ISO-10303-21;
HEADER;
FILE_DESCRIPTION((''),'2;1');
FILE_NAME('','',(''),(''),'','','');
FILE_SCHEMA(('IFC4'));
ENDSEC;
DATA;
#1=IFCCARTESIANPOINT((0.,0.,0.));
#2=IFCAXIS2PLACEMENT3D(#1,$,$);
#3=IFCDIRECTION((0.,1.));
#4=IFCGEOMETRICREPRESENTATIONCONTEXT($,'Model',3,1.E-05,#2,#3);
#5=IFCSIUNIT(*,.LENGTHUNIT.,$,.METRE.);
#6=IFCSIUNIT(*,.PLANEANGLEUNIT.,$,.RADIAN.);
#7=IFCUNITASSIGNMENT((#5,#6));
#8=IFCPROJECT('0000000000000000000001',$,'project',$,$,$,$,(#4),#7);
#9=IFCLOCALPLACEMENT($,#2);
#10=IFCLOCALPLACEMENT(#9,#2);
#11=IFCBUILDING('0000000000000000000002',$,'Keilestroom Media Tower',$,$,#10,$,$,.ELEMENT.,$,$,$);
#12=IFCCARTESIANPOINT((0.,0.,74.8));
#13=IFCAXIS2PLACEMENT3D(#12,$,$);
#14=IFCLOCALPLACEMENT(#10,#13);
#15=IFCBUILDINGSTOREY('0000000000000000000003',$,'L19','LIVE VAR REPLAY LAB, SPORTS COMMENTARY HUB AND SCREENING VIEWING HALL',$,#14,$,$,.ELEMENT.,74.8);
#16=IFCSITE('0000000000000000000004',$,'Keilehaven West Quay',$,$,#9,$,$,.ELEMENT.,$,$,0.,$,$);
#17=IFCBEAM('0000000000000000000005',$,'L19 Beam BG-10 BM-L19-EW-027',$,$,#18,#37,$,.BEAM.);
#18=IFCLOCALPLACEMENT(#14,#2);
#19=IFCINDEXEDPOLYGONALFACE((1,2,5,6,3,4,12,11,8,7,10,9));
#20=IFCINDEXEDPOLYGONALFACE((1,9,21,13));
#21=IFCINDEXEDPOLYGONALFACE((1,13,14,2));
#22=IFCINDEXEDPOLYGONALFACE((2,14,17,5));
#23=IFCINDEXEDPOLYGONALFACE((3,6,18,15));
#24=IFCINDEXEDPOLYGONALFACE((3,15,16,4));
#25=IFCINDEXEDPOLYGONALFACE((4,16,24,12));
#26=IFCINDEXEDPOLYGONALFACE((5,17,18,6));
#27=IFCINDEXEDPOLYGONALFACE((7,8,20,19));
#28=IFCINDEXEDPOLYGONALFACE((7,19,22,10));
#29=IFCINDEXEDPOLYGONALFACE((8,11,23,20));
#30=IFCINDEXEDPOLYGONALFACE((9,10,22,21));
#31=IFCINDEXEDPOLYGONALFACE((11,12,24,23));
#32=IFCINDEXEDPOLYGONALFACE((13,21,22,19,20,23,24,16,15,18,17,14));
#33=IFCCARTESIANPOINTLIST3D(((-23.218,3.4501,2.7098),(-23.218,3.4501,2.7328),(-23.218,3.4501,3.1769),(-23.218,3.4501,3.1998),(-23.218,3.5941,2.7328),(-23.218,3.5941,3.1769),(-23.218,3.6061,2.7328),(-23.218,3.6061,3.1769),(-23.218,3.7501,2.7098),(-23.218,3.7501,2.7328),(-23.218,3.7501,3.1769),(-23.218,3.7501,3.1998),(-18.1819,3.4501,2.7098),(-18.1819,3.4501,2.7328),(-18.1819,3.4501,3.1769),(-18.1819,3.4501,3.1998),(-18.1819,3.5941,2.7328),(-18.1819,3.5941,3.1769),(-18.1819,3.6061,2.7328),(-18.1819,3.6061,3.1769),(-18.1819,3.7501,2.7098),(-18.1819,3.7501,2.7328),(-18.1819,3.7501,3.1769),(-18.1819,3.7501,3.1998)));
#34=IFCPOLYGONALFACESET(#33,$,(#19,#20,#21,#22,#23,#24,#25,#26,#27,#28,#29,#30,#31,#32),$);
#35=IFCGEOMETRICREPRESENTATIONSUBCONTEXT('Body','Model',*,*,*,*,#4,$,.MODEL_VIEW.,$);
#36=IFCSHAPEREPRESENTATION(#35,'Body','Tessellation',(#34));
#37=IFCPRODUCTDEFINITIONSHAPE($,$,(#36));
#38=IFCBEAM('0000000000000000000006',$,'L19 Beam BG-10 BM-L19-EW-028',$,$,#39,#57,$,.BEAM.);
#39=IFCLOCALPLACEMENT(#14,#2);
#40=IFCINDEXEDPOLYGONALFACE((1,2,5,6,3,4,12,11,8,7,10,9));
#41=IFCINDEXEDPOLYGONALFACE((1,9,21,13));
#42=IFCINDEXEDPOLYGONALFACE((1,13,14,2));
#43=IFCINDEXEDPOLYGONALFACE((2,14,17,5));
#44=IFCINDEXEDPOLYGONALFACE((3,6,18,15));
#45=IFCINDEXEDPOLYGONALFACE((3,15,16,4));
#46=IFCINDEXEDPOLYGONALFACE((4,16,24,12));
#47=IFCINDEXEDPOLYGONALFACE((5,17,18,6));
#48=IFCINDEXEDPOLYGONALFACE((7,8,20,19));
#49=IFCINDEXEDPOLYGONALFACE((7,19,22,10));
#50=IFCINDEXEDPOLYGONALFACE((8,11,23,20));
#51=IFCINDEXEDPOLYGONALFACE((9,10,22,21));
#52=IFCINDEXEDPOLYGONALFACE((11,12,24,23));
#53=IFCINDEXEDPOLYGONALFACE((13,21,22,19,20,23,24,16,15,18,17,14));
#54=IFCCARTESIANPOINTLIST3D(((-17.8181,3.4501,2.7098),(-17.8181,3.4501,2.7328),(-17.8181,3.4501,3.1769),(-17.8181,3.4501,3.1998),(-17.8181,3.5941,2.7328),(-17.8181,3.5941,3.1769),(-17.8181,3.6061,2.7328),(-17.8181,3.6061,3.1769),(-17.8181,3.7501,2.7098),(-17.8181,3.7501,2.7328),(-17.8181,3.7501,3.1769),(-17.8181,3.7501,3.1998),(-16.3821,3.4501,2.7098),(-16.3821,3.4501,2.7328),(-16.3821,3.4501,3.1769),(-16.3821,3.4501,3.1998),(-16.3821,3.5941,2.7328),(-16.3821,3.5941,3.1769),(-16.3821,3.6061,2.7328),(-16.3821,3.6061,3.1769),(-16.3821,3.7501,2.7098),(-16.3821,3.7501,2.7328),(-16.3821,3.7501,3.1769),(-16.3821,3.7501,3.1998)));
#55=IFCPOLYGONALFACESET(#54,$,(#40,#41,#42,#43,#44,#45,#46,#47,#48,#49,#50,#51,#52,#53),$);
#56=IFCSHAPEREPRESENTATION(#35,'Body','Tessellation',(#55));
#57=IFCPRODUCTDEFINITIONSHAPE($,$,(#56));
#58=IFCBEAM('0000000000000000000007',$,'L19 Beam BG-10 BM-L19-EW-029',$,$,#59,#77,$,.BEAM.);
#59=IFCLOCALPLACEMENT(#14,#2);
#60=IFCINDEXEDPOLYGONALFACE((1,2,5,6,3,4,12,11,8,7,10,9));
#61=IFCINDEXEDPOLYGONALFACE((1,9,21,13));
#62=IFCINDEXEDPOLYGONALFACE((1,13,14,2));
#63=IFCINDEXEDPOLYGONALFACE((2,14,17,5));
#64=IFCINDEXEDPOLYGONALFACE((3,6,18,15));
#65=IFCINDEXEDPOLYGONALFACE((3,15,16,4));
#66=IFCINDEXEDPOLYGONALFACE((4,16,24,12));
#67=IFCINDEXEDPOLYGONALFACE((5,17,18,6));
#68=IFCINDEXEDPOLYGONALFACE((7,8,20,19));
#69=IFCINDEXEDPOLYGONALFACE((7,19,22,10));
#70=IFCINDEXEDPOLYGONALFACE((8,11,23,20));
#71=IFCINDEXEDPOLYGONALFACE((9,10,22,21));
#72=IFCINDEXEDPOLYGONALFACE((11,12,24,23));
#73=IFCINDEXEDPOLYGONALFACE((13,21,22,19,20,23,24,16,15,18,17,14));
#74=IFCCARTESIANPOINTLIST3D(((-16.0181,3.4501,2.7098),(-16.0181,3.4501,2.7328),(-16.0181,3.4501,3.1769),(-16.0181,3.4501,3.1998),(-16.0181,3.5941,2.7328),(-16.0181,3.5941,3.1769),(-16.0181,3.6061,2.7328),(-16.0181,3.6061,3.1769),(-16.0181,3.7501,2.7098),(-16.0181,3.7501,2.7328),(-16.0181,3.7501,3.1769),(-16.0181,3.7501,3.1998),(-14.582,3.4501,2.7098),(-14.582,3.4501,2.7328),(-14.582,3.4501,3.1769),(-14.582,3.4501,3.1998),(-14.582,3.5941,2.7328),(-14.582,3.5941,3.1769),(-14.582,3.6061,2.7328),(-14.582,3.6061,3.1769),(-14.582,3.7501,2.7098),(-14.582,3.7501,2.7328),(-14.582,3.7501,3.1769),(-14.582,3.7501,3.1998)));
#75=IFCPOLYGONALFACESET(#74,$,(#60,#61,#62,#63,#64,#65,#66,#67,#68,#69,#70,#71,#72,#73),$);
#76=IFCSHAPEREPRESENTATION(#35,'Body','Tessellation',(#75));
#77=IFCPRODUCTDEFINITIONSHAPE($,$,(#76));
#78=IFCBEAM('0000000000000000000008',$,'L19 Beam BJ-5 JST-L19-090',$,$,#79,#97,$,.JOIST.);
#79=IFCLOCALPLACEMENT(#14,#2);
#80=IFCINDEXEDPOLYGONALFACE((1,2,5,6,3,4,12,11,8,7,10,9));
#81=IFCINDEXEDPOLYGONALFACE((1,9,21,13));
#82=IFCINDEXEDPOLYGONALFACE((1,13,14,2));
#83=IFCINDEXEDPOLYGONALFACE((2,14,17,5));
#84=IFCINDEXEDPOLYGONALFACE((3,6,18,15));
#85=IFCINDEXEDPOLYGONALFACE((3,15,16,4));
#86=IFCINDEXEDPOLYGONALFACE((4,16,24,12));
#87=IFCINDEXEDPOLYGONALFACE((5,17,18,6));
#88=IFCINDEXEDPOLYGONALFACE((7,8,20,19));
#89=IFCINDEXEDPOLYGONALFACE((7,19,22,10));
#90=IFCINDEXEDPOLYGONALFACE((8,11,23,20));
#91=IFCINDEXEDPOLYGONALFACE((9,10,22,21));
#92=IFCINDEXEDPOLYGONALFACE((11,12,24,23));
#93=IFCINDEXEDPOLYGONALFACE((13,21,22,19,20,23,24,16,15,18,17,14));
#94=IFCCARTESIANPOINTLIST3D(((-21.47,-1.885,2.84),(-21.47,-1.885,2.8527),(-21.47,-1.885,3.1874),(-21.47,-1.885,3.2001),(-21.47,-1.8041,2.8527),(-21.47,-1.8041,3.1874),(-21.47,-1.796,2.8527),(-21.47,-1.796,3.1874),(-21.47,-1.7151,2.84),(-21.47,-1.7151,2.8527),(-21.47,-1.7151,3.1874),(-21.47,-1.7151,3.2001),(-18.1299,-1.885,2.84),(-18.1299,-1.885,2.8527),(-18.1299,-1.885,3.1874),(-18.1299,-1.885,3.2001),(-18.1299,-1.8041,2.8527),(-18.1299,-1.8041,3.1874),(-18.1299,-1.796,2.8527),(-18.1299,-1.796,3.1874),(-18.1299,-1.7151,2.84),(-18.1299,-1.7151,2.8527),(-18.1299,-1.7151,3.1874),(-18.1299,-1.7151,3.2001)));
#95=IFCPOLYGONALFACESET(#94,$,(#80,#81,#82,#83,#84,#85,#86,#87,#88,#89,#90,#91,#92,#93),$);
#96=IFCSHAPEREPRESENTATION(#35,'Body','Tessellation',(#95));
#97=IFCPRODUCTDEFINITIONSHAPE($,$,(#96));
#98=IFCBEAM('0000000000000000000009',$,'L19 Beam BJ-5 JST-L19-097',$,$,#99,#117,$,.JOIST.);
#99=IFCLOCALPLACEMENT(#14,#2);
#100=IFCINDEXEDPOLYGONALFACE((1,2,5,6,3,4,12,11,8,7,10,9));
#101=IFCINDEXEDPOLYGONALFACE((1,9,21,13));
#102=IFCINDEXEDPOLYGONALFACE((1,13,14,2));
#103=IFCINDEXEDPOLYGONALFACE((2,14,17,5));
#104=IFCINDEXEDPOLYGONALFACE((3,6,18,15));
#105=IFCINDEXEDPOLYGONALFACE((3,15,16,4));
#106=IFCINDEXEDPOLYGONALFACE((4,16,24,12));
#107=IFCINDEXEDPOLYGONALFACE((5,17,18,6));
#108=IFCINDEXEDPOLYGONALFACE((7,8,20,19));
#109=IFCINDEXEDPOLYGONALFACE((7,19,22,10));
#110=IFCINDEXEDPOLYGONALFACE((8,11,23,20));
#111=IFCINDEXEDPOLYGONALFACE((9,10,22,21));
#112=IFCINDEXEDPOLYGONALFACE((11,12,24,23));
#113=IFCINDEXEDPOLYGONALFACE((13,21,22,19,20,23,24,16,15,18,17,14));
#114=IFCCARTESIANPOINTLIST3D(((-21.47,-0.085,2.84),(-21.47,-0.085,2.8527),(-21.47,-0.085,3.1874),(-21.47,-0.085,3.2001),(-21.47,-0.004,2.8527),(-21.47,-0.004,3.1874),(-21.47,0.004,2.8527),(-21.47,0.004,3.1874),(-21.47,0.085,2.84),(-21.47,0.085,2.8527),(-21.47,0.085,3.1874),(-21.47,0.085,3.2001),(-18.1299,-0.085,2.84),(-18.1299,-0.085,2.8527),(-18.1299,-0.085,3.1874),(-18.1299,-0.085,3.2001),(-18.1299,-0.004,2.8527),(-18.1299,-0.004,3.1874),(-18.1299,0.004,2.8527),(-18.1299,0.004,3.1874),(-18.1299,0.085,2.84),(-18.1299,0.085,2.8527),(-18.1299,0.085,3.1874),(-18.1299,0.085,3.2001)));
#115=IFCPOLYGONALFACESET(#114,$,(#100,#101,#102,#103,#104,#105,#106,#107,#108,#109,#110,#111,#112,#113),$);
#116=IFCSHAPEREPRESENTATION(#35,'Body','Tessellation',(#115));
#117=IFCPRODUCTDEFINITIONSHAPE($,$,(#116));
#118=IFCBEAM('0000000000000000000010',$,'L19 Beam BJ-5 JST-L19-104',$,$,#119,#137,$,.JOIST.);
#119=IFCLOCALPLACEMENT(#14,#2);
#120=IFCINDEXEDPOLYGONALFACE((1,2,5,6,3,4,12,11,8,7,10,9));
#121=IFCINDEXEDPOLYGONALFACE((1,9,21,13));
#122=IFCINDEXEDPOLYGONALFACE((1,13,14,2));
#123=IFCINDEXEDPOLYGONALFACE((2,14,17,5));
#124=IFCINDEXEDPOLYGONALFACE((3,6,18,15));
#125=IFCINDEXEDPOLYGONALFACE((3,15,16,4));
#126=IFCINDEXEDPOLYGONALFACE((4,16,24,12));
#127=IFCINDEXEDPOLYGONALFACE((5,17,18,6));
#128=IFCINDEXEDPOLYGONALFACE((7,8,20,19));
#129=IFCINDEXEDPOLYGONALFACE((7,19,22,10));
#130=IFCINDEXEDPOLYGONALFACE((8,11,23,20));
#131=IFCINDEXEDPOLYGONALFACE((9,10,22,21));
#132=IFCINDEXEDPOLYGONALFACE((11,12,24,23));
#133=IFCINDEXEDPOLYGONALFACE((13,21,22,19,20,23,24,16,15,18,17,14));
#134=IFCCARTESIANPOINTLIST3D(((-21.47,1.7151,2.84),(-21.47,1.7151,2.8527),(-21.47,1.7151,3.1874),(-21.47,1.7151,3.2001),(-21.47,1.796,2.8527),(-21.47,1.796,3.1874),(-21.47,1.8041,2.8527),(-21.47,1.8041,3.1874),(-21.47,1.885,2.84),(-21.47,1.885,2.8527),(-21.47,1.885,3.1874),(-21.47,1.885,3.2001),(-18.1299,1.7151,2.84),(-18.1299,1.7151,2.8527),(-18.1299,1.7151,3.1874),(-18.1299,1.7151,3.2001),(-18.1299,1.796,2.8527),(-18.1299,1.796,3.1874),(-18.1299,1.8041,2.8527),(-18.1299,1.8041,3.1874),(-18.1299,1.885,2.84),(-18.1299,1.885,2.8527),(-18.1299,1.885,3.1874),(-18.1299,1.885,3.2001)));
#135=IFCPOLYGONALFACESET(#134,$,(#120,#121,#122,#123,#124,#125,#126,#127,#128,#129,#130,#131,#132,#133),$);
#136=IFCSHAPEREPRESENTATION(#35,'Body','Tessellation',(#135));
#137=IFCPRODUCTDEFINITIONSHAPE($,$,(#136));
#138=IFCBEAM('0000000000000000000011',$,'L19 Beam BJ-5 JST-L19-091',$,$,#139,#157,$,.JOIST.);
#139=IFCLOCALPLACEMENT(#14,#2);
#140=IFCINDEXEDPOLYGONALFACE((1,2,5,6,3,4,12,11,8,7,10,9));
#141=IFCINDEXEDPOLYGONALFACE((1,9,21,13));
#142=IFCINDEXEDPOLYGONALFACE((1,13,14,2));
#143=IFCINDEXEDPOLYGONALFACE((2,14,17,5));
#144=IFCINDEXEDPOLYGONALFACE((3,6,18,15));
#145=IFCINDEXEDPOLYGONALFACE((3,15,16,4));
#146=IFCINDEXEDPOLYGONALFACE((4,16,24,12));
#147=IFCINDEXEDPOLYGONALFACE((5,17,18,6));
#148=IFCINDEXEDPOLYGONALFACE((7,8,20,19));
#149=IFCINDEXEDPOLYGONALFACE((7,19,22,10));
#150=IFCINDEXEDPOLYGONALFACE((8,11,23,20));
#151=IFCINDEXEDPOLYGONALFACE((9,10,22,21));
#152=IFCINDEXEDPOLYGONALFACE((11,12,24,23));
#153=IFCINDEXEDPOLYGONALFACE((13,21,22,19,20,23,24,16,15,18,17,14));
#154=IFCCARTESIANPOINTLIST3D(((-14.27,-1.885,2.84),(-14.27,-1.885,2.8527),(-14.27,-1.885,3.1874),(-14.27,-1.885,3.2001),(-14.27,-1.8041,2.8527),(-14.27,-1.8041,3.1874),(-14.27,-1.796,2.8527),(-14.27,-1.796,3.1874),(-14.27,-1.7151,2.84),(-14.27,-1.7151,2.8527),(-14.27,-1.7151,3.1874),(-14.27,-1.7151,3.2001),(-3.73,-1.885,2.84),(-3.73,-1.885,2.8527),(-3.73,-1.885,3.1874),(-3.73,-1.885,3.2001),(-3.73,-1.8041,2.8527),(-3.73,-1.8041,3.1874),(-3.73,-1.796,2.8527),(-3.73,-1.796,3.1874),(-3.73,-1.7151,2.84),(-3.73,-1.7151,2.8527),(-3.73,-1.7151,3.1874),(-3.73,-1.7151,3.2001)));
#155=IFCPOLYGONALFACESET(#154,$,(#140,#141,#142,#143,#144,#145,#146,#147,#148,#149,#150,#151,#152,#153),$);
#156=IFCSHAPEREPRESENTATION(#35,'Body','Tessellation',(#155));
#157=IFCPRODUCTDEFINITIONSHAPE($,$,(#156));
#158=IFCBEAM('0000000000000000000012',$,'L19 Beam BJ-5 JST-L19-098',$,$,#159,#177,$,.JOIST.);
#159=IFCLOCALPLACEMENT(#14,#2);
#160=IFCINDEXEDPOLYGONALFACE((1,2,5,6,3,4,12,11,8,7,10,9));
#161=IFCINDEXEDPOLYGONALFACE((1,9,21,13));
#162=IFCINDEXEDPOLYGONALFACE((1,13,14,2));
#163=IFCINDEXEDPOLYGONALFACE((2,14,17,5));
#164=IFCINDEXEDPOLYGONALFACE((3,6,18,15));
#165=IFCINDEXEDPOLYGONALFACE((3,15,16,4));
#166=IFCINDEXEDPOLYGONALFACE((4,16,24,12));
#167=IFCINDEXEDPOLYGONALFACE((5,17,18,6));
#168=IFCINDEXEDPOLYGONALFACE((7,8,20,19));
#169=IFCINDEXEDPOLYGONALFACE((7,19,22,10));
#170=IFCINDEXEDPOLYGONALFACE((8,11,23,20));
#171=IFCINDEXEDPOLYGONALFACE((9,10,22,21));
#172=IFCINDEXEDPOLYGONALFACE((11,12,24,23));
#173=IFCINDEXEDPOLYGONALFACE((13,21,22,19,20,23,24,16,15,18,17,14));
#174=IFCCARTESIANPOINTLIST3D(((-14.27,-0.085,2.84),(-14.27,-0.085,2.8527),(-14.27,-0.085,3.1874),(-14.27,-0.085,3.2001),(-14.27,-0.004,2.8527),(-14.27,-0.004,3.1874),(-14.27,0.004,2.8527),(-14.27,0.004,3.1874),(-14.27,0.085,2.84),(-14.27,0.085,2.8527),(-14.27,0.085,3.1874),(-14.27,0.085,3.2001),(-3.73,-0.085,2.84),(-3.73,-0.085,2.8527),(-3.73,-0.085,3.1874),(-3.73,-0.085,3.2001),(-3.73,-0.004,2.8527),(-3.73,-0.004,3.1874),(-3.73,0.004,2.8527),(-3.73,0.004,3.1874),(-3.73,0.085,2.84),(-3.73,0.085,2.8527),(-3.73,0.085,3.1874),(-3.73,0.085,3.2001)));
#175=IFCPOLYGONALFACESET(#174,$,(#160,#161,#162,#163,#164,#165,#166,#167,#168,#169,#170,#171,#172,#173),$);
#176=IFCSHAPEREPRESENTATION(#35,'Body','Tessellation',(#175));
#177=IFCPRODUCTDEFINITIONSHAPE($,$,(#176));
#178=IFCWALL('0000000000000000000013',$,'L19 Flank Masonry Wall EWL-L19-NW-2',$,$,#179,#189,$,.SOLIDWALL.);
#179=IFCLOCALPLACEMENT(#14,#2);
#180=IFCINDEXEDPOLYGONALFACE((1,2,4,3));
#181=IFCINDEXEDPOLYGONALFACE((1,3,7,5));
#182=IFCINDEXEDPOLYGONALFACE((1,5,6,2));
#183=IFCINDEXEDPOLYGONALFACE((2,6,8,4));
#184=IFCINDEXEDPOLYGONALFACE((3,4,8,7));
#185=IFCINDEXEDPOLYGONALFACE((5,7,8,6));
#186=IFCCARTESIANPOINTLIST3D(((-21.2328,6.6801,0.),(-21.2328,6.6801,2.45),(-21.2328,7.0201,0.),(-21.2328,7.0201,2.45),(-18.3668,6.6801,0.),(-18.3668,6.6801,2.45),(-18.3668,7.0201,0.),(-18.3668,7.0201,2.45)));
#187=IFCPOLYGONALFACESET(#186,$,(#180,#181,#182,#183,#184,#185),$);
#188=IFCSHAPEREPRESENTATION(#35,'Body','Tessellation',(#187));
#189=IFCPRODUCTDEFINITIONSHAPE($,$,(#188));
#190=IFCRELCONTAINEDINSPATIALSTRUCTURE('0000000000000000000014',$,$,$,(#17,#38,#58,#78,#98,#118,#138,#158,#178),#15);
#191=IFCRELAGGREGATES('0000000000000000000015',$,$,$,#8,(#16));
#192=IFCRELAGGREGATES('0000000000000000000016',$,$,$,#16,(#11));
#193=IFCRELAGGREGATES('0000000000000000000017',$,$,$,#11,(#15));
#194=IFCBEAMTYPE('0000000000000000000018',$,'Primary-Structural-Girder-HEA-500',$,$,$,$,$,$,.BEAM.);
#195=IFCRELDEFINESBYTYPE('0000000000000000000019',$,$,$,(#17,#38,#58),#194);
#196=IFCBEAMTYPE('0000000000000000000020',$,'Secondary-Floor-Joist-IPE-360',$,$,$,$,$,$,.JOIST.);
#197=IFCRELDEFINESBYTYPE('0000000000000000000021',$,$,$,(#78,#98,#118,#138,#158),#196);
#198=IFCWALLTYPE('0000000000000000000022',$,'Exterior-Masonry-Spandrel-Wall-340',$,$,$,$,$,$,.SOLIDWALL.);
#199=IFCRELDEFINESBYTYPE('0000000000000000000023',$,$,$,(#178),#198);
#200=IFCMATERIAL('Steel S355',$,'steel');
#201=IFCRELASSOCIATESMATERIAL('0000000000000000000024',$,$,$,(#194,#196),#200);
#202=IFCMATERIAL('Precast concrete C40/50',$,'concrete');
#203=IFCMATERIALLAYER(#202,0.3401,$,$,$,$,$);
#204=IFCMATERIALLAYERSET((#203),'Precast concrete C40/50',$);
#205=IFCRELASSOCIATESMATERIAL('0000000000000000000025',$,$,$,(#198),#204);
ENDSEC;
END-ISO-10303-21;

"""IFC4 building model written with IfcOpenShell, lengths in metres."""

from ifc_helpers import new_model, si_unit, direction, frame, frame_2d, origin, origin_2d, place, context, subcontext, project, spatial, rectangle, i_section, extrude, source, transform, mapped, material, layer, layer_set, material_profile, profile_set, type_object, element, save


model = new_model("IFC4")

# Units and contexts
model_context = context("Model", 3, precision=1e-05, world=origin(), true_north=direction((0.0, 1.0)))
body_context = subcontext(model_context, "Body", "Model", "MODEL_VIEW")
ifc_project = project(units=[si_unit("LENGTHUNIT", "METRE"), si_unit("PLANEANGLEUNIT", "RADIAN")], contexts=[model_context])

# Site, building, storey
site_placement = place(None, origin())
site = spatial("IfcSite", under=ifc_project, at=site_placement, Name="Keilehaven West Quay", CompositionType="ELEMENT", RefElevation=0.0)
building_placement = place(site_placement, origin())
building = spatial("IfcBuilding", under=site, at=building_placement, Name="Keilestroom Media Tower", CompositionType="ELEMENT")
storey_placement = place(building_placement, frame((0.0, 0.0, 74.8)))
storey = spatial("IfcBuildingStorey", under=building, at=storey_placement, Name="L19", Description="LIVE VAR REPLAY LAB, SPORTS COMMENTARY HUB AND SCREENING VIEWING HALL", CompositionType="ELEMENT", Elevation=74.8)

# Shared definitions
ifc_material_1 = material(Name="Precast concrete C40/50", Category="concrete")

# Beams
ifc_material_2 = material(Name="Steel S355", Category="steel")
ifc_material_profile_1 = material_profile(ifc_material_2, i_section(OverallWidth=0.3, OverallDepth=0.49, WebThickness=0.012, FlangeThickness=0.0229, at=origin_2d()), Name="HEA 500")
ifc_profile_set_1 = profile_set([ifc_material_profile_1], Name="Steel S355")
beam_type_1 = type_object("IfcBeamType", Name="Primary-Structural-Girder-HEA-500", PredefinedType="BEAM", material=ifc_profile_set_1)
shared_shape_1 = source(origin(), body_context, "Body", "SweptSolid", [
    extrude(i_section(OverallWidth=0.3, OverallDepth=0.49, WebThickness=0.012, FlangeThickness=0.0229, at=origin_2d()), origin(), (0.0, 0.0, 1.0), 5.0361),
])
beam_placement = place(storey_placement, frame((-23.218, 3.6001, 2.9548), z_axis=(1.0, 0.0, 0.0), x_axis=(0.0, 1.0, 0.0)))
element("IfcBeam", 1, at=beam_placement, inside=storey, type_object=beam_type_1, Name="L19 Beam BG-10 BM-L19-EW-027", PredefinedType="BEAM", context=body_context, shape_type="MappedRepresentation", body=[
    mapped(shared_shape_1, transform((0.0, 0.0, 0.0), x_axis=(1.0, 0.0, 0.0), y_axis=(0.0, 1.0, 0.0), z_axis=(0.0, 0.0, 1.0), scale=1.0)),
])
shared_shape_2 = source(origin(), body_context, "Body", "SweptSolid", [
    extrude(i_section(OverallWidth=0.3, OverallDepth=0.49, WebThickness=0.012, FlangeThickness=0.0229, at=origin_2d()), origin(), (0.0, 0.0, 1.0), 1.436),
])
for number, where, z_axis, x_axis, name in (
    (2, (-17.8181, 3.6001, 2.9548), (1.0, 0.0, 0.0), (0.0, 1.0, 0.0), "L19 Beam BG-10 BM-L19-EW-028"),
    (3, (-16.0181, 3.6001, 2.9548), (1.0, 0.0, 0.0), (0.0, 1.0, 0.0), "L19 Beam BG-10 BM-L19-EW-029"),
):
    element("IfcBeam", number, at=place(storey_placement, frame(where, z_axis=z_axis, x_axis=x_axis)), inside=storey, type_object=beam_type_1, Name=name, PredefinedType="BEAM", context=body_context, shape_type="MappedRepresentation", body=[
        mapped(shared_shape_2, transform((0.0, 0.0, 0.0), x_axis=(1.0, 0.0, 0.0), y_axis=(0.0, 1.0, 0.0), z_axis=(0.0, 0.0, 1.0), scale=1.0)),
    ])
ifc_material_profile_2 = material_profile(ifc_material_2, i_section(OverallWidth=0.1699, OverallDepth=0.3601, WebThickness=0.0081, FlangeThickness=0.0127, at=origin_2d()), Name="IPE 360")
ifc_profile_set_2 = profile_set([ifc_material_profile_2], Name="Steel S355")
beam_type_2 = type_object("IfcBeamType", Name="Secondary-Floor-Joist-IPE-360", PredefinedType="JOIST", material=ifc_profile_set_2)
shared_shape_3 = source(origin(), body_context, "Body", "SweptSolid", [
    extrude(i_section(OverallWidth=0.1699, OverallDepth=0.3601, WebThickness=0.0081, FlangeThickness=0.0127, at=origin_2d()), origin(), (0.0, 0.0, 1.0), 3.3401),
])
for number, where, z_axis, x_axis, name in (
    (4, (-21.47, -1.8, 3.02), (1.0, 0.0, 0.0), (0.0, 1.0, 0.0), "L19 Beam BJ-5 JST-L19-090"),
    (5, (-21.47, 0.0, 3.02), (1.0, 0.0, 0.0), (0.0, 1.0, 0.0), "L19 Beam BJ-5 JST-L19-097"),
    (6, (-21.47, 1.8, 3.02), (1.0, 0.0, 0.0), (0.0, 1.0, 0.0), "L19 Beam BJ-5 JST-L19-104"),
):
    element("IfcBeam", number, at=place(storey_placement, frame(where, z_axis=z_axis, x_axis=x_axis)), inside=storey, type_object=beam_type_2, Name=name, PredefinedType="JOIST", context=body_context, shape_type="MappedRepresentation", body=[
        mapped(shared_shape_3, transform((0.0, 0.0, 0.0), x_axis=(1.0, 0.0, 0.0), y_axis=(0.0, 1.0, 0.0), z_axis=(0.0, 0.0, 1.0), scale=1.0)),
    ])
shared_shape_4 = source(origin(), body_context, "Body", "SweptSolid", [
    extrude(i_section(OverallWidth=0.1699, OverallDepth=0.3601, WebThickness=0.0081, FlangeThickness=0.0127, at=origin_2d()), origin(), (0.0, 0.0, 1.0), 10.54),
])
for number, where, z_axis, x_axis, name in (
    (7, (-14.27, -1.8, 3.02), (1.0, 0.0, 0.0), (0.0, 1.0, 0.0), "L19 Beam BJ-5 JST-L19-091"),
    (8, (-14.27, 0.0, 3.02), (1.0, 0.0, 0.0), (0.0, 1.0, 0.0), "L19 Beam BJ-5 JST-L19-098"),
):
    element("IfcBeam", number, at=place(storey_placement, frame(where, z_axis=z_axis, x_axis=x_axis)), inside=storey, type_object=beam_type_2, Name=name, PredefinedType="JOIST", context=body_context, shape_type="MappedRepresentation", body=[
        mapped(shared_shape_4, transform((0.0, 0.0, 0.0), x_axis=(1.0, 0.0, 0.0), y_axis=(0.0, 1.0, 0.0), z_axis=(0.0, 0.0, 1.0), scale=1.0)),
    ])

# Wall
ifc_layer_1 = layer(ifc_material_1, 0.3401)
ifc_layer_set_1 = layer_set([ifc_layer_1], Name="Precast concrete C40/50")
wall_type_1 = type_object("IfcWallType", Name="Exterior-Masonry-Spandrel-Wall-340", PredefinedType="SOLIDWALL", material=ifc_layer_set_1)
for number, where, z_axis, x_axis, name in (
    (9, (-21.2329, 6.8501, 0.0), (0.0, 0.0, 1.0), (1.0, 0.0, 0.0), "L19 Flank Masonry Wall EWL-L19-NW-2"),
):
    element("IfcWall", number, at=place(storey_placement, frame(where, z_axis=z_axis, x_axis=x_axis)), inside=storey, type_object=wall_type_1, Name=name, PredefinedType="SOLIDWALL", context=body_context, shape_type="SweptSolid", body=[
        extrude(rectangle(XDim=2.866, YDim=0.3401, at=frame_2d((1.4331, 0.0))), origin(), (0.0, 0.0, 1.0), 2.45),
    ])

save(model, "model.ifc")
